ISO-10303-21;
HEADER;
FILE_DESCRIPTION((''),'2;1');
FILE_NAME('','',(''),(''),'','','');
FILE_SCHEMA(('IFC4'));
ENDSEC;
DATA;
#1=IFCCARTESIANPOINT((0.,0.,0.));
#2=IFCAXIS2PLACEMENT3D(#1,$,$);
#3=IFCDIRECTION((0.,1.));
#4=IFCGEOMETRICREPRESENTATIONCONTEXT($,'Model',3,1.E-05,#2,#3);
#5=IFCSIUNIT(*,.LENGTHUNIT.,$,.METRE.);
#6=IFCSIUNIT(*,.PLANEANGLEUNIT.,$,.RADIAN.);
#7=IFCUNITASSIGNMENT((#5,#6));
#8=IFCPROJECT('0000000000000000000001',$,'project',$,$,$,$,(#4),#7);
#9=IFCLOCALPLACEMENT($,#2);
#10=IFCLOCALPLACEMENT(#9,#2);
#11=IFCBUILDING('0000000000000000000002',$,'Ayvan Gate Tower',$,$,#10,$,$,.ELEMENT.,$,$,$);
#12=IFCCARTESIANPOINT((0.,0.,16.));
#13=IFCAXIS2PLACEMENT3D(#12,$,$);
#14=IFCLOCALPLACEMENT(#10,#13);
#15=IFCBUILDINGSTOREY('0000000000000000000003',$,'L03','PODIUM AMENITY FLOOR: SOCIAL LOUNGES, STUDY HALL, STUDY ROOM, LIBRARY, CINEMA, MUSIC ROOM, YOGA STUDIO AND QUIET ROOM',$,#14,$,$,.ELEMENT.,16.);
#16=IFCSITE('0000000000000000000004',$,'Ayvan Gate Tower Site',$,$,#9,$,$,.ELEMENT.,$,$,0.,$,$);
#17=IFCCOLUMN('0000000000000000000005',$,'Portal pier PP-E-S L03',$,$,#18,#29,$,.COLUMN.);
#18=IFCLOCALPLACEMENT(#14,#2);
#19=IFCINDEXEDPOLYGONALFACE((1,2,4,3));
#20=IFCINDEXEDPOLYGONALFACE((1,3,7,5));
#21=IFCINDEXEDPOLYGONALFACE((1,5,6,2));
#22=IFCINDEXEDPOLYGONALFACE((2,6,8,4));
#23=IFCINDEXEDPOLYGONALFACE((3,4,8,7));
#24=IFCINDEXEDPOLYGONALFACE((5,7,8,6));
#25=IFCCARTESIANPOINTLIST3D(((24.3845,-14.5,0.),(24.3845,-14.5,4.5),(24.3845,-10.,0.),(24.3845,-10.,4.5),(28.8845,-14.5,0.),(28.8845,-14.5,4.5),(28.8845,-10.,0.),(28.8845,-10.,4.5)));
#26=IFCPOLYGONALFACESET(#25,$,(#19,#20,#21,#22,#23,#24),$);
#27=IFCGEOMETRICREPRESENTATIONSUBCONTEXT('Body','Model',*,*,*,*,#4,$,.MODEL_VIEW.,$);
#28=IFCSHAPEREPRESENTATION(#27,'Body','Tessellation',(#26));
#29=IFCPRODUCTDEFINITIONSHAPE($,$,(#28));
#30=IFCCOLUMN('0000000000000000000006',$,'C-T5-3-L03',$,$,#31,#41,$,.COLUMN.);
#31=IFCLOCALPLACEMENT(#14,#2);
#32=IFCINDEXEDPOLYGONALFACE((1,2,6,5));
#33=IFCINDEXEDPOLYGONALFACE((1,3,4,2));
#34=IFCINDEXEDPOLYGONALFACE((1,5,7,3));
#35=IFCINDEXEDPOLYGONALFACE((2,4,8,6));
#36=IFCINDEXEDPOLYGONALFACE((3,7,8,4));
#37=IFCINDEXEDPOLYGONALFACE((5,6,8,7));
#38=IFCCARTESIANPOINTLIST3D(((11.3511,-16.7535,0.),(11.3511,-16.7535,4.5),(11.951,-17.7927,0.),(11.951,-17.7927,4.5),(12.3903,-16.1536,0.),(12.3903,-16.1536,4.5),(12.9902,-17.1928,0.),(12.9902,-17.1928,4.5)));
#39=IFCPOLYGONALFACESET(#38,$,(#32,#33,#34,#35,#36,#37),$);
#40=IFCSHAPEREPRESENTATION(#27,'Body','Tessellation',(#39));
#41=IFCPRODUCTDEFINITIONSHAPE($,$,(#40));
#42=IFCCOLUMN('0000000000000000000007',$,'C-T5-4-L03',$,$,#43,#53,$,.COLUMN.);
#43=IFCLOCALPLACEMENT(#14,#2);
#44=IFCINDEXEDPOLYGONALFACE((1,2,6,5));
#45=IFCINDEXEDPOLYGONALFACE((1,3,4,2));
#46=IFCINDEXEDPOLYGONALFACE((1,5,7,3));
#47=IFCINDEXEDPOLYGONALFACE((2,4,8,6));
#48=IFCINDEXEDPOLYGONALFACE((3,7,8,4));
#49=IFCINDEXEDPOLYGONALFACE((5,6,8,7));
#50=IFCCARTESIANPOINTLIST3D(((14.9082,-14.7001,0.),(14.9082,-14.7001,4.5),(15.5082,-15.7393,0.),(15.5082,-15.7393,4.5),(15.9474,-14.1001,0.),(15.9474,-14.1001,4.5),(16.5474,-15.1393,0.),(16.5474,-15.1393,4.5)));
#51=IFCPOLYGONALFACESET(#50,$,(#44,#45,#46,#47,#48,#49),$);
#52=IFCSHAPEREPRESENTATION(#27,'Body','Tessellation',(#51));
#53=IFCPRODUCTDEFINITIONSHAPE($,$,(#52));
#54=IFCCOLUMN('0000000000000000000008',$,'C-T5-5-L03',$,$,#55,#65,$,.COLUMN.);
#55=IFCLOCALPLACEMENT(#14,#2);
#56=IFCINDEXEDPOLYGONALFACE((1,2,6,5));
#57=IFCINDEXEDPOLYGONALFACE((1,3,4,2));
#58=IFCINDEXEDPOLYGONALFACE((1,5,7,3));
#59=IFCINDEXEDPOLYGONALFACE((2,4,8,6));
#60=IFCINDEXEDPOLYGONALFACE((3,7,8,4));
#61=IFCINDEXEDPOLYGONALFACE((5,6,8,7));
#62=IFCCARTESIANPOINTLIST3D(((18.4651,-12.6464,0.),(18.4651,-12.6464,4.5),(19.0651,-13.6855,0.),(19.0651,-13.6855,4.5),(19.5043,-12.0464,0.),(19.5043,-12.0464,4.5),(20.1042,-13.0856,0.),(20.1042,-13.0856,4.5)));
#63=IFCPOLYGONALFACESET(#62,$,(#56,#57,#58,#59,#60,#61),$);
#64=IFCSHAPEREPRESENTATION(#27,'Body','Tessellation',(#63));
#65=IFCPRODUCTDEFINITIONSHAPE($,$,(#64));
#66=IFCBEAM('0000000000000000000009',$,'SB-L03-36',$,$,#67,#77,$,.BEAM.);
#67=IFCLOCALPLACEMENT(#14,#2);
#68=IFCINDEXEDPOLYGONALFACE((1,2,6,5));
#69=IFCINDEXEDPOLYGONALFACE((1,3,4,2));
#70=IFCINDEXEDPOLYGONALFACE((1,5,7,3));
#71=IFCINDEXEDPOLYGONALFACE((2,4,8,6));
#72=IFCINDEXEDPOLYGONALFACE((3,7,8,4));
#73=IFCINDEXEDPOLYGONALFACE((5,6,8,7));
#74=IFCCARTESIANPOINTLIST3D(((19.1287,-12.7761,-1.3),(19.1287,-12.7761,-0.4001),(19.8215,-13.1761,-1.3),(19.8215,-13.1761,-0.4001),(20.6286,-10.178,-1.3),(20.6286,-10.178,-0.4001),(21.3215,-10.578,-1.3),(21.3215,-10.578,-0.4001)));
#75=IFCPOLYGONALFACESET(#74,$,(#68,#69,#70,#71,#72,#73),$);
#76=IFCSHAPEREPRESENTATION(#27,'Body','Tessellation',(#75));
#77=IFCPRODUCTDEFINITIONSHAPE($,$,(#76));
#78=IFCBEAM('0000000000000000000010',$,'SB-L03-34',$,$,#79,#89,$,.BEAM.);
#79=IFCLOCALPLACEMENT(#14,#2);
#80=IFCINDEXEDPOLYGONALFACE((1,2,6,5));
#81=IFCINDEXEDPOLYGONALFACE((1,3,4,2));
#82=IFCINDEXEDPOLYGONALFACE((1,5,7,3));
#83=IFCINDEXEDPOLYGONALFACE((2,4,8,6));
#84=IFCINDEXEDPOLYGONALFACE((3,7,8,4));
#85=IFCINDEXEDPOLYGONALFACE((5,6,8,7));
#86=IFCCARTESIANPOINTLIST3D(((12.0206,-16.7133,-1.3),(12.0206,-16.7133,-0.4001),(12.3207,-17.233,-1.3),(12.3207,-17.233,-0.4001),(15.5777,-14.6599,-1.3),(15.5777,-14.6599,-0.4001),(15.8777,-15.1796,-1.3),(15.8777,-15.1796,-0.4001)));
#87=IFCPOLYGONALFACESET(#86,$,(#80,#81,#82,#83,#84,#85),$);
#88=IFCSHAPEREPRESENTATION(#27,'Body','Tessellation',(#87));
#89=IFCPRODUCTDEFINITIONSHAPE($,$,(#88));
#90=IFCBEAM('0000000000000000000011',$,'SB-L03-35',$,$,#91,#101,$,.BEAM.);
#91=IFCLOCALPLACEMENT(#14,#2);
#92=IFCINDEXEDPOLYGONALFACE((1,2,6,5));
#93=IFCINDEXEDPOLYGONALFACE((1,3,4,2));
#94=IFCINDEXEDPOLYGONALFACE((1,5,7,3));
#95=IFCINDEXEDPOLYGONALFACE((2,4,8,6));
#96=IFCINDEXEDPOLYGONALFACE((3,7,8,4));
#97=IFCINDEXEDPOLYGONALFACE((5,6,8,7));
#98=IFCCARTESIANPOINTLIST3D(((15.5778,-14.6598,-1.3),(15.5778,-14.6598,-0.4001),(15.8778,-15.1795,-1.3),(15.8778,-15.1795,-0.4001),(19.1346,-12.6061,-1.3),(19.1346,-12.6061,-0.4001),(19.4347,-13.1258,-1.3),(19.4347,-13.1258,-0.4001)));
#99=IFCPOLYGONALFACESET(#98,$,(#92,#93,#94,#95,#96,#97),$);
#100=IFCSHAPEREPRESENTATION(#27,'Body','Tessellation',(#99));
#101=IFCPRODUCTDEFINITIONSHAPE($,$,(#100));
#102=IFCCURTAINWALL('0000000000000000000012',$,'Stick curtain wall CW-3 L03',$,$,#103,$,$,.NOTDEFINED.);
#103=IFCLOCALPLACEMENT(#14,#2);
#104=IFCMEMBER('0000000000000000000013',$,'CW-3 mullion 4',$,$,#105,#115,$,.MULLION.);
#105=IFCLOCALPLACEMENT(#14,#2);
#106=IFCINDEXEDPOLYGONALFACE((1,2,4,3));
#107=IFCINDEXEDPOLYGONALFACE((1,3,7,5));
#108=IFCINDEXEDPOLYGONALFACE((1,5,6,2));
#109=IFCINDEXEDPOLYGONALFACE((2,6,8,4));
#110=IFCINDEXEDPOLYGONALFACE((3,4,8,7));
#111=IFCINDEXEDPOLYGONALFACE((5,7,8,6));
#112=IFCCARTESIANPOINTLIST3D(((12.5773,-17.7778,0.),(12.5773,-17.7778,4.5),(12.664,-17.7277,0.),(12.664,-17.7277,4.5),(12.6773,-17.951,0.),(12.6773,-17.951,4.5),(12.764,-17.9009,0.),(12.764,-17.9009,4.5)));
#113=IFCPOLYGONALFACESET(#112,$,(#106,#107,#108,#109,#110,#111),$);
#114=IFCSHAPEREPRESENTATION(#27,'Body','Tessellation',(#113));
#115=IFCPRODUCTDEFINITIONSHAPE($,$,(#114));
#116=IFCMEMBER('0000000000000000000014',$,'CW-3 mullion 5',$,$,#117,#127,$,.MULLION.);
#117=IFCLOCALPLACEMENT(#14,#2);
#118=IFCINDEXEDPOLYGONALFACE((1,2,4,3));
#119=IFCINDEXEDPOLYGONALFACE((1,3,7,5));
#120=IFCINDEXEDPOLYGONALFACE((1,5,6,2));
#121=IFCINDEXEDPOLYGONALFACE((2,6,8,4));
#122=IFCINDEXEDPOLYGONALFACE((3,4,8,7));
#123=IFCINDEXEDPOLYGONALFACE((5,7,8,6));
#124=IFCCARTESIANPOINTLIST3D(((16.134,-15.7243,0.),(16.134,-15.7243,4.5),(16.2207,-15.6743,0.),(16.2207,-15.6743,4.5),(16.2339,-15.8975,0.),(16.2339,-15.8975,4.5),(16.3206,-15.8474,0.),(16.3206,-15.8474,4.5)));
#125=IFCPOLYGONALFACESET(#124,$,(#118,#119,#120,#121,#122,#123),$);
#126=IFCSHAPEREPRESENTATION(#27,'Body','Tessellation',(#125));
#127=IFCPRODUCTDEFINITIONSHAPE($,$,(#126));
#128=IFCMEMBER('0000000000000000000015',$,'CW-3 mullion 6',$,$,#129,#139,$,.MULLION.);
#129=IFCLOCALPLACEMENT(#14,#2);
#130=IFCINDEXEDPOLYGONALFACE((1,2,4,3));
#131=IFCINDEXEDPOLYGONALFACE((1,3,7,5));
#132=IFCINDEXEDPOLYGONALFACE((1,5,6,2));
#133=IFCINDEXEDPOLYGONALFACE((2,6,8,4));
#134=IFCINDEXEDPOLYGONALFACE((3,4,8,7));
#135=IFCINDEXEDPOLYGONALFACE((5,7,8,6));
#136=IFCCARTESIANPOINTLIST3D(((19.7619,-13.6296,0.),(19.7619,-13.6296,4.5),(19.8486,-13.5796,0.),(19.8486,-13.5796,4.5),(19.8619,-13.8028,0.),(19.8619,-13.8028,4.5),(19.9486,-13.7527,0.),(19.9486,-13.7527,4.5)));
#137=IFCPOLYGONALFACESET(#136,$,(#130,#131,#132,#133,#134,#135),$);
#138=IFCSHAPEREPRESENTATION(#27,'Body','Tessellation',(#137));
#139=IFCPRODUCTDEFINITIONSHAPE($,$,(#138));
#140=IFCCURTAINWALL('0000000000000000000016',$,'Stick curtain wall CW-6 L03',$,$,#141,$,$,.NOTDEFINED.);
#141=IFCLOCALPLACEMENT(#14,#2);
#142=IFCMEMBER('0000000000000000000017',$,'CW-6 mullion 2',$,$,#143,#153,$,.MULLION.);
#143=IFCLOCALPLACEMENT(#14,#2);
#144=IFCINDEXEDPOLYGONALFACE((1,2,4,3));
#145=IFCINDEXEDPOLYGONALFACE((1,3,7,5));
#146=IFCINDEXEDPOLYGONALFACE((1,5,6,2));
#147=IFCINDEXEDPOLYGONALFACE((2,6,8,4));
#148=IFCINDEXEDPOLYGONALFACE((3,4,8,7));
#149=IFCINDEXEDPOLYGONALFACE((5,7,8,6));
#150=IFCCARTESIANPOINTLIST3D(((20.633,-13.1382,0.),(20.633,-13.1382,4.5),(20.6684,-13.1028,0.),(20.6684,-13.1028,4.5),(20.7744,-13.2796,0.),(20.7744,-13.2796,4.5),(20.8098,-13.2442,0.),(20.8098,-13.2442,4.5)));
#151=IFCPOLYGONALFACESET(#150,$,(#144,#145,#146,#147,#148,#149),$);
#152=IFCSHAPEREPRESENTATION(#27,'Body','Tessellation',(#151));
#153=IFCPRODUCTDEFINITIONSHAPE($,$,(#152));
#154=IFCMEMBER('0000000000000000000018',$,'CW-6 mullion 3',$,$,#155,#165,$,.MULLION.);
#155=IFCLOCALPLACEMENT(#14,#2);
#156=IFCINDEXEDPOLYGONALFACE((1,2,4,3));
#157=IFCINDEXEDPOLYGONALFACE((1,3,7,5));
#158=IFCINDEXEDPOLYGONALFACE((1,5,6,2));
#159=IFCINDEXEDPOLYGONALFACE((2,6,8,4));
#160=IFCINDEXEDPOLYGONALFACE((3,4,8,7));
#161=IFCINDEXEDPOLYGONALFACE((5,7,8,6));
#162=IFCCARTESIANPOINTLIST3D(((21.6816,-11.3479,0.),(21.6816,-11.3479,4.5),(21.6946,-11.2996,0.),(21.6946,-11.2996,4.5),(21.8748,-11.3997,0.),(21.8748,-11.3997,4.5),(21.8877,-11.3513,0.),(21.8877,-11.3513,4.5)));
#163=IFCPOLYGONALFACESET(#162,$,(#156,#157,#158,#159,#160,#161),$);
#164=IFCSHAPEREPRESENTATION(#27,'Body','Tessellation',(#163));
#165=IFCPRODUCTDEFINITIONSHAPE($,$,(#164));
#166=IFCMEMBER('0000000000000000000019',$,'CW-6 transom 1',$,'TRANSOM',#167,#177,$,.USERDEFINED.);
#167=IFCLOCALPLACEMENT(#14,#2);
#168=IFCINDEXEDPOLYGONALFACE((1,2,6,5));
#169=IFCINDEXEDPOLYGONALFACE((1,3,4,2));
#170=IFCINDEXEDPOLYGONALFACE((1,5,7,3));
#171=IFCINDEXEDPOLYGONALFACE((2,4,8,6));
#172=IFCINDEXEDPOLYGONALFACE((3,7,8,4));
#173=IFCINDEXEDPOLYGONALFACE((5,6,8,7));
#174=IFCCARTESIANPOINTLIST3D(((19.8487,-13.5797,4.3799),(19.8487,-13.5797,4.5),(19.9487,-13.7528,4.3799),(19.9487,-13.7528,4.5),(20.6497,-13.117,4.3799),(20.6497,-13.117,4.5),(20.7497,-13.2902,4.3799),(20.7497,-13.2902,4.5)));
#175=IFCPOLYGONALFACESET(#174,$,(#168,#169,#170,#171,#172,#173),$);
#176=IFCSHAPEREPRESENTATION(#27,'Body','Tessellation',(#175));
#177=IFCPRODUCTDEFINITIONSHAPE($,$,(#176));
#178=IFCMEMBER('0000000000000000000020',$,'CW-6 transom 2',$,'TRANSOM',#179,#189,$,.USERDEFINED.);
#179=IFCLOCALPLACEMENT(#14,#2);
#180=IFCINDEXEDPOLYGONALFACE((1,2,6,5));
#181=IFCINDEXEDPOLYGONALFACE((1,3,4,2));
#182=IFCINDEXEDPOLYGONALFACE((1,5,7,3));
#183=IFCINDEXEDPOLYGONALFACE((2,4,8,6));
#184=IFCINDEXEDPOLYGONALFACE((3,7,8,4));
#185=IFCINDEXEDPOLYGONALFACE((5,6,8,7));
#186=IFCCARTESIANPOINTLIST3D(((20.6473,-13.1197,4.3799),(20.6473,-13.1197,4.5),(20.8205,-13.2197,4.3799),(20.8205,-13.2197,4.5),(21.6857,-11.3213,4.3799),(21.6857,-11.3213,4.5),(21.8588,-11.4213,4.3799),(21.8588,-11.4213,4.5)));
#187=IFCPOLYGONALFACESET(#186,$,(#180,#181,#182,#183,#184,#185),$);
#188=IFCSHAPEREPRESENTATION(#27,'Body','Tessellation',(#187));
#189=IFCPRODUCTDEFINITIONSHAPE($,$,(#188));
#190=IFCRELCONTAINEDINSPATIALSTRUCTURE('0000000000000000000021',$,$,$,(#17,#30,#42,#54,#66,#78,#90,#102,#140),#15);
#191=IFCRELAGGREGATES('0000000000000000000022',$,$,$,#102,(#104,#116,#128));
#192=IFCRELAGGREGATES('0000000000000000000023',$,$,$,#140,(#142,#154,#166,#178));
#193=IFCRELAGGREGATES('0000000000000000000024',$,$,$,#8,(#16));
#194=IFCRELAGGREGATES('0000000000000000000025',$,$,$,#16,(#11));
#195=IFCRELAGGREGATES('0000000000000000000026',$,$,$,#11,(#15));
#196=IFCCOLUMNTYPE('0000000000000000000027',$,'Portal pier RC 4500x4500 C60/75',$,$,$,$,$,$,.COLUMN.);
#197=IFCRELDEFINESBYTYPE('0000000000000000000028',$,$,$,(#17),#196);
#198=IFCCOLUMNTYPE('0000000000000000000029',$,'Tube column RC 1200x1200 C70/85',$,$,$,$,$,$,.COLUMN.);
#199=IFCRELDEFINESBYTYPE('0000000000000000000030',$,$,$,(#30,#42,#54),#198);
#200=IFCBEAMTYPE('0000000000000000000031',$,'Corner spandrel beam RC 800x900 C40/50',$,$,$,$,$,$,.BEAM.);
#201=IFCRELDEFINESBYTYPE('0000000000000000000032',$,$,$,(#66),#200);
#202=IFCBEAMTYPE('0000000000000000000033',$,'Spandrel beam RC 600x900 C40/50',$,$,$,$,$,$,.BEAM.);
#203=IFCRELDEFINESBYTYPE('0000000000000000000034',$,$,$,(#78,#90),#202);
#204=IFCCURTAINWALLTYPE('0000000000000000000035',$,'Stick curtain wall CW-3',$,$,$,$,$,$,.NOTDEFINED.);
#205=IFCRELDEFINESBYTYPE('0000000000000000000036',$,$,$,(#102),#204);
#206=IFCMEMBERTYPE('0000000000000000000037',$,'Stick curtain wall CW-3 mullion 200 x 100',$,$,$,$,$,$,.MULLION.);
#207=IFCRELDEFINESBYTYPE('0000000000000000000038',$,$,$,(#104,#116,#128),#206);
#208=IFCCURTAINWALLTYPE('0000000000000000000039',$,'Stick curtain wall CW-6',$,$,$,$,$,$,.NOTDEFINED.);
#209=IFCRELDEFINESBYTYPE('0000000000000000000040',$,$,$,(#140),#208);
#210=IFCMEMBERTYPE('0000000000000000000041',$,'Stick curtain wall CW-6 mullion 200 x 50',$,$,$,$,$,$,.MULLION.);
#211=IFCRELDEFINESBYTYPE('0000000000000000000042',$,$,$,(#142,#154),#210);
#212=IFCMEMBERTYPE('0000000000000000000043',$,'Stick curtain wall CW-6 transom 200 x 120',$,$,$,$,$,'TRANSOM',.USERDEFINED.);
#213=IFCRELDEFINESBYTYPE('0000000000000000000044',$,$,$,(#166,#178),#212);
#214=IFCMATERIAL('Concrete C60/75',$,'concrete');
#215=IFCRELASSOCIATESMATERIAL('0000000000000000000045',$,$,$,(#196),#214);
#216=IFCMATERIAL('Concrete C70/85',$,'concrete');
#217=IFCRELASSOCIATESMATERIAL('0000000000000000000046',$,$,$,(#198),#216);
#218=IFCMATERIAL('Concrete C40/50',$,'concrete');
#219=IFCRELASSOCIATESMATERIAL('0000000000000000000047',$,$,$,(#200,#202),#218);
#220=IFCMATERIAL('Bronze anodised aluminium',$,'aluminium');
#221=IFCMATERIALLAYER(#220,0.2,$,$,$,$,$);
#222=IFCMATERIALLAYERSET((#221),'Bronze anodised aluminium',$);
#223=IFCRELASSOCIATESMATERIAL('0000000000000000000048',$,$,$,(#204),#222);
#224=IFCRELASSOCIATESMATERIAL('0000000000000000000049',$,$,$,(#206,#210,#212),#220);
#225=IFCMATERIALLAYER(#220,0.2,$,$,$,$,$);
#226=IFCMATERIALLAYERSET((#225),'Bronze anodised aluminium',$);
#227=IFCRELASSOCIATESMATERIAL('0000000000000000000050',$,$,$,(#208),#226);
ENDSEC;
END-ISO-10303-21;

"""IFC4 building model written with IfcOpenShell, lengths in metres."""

from ifc_helpers import new_model, si_unit, direction, frame, origin, origin_2d, place, context, subcontext, project, spatial, rectangle, extrude, material, layer, layer_set, material_profile, profile_set, type_object, element, aggregate, save


model = new_model("IFC4")

# Units and contexts
model_context = context("Model", 3, precision=1e-05, world=origin(), true_north=direction((0.0, 1.0)))
body_context = subcontext(model_context, "Body", "Model", "MODEL_VIEW")
ifc_project = project(units=[si_unit("LENGTHUNIT", "METRE"), si_unit("PLANEANGLEUNIT", "RADIAN")], contexts=[model_context])

# Site, building, storey
site_placement = place(None, origin())
site = spatial("IfcSite", under=ifc_project, at=site_placement, Name="Ayvan Gate Tower Site", CompositionType="ELEMENT", RefElevation=0.0)
building_placement = place(site_placement, origin())
building = spatial("IfcBuilding", under=site, at=building_placement, Name="Ayvan Gate Tower", CompositionType="ELEMENT")
storey_placement = place(building_placement, frame((0.0, 0.0, 16.0)))
storey = spatial("IfcBuildingStorey", under=building, at=storey_placement, Name="L03", Description="PODIUM AMENITY FLOOR: SOCIAL LOUNGES, STUDY HALL, STUDY ROOM, LIBRARY, CINEMA, MUSIC ROOM, YOGA STUDIO AND QUIET ROOM", CompositionType="ELEMENT", Elevation=16.0)

# Columns
ifc_material_1 = material(Name="Concrete C60/75", Category="concrete")
ifc_material_profile_1 = material_profile(ifc_material_1, rectangle(XDim=4.5, YDim=4.5, at=origin_2d()), Name="RC 4500x4500")
ifc_profile_set_1 = profile_set([ifc_material_profile_1], Name="Concrete C60/75")
column_type_1 = type_object("IfcColumnType", Name="Portal pier RC 4500x4500 C60/75", PredefinedType="COLUMN", material=ifc_profile_set_1)
column_placement = place(storey_placement, frame((26.6345, -12.25, 0.0), z_axis=(0.0, 0.0, 1.0), x_axis=(1.0, 0.0, 0.0)))
element("IfcColumn", 1, at=column_placement, inside=storey, type_object=column_type_1, Name="Portal pier PP-E-S L03", PredefinedType="COLUMN", context=body_context, shape_type="SweptSolid", body=[
    extrude(rectangle(XDim=4.5, YDim=4.5, at=origin_2d()), origin(), (0.0, 0.0, 1.0), 4.5),
])
ifc_material_2 = material(Name="Concrete C70/85", Category="concrete")
ifc_material_profile_2 = material_profile(ifc_material_2, rectangle(XDim=1.2, YDim=1.2, at=origin_2d()), Name="RC 1200x1200")
ifc_profile_set_2 = profile_set([ifc_material_profile_2], Name="Concrete C70/85")
column_type_2 = type_object("IfcColumnType", Name="Tube column RC 1200x1200 C70/85", PredefinedType="COLUMN", material=ifc_profile_set_2)
for number, where, z_axis, x_axis, name in (
    (2, (12.1707, -16.9731, 0.0), (0.0, 0.0, 1.0), (0.5, -0.866025, 0.0), "C-T5-3-L03"),
    (3, (15.7278, -14.9197, 0.0), (0.0, 0.0, 1.0), (0.5, -0.866025, 0.0), "C-T5-4-L03"),
    (4, (19.2847, -12.866, 0.0), (0.0, 0.0, 1.0), (0.5, -0.866025, 0.0), "C-T5-5-L03"),
):
    element("IfcColumn", number, at=place(storey_placement, frame(where, z_axis=z_axis, x_axis=x_axis)), inside=storey, type_object=column_type_2, Name=name, PredefinedType="COLUMN", context=body_context, shape_type="SweptSolid", body=[
        extrude(rectangle(XDim=1.2, YDim=1.2, at=origin_2d()), origin(), (0.0, 0.0, 1.0), 4.5),
    ])

# Beams
ifc_material_3 = material(Name="Concrete C40/50", Category="concrete")
ifc_material_profile_3 = material_profile(ifc_material_3, rectangle(XDim=0.8, YDim=0.8999, at=origin_2d()), Name="RC 800x900")
ifc_profile_set_3 = profile_set([ifc_material_profile_3], Name="Concrete C40/50")
beam_type_1 = type_object("IfcBeamType", Name="Corner spandrel beam RC 800x900 C40/50", PredefinedType="BEAM", material=ifc_profile_set_3)
beam_placement = place(storey_placement, frame((19.4751, -12.9761, -0.8501), z_axis=(0.49999, 0.866031, 0.0), x_axis=(-0.866031, 0.49999, 0.0)))
element("IfcBeam", 5, at=beam_placement, inside=storey, type_object=beam_type_1, Name="SB-L03-36", PredefinedType="BEAM", context=body_context, shape_type="SweptSolid", body=[
    extrude(rectangle(XDim=0.8, YDim=0.8999, at=origin_2d()), origin(), (0.0, 0.0, 1.0), 3.0),
])
ifc_material_profile_4 = material_profile(ifc_material_3, rectangle(XDim=0.6001, YDim=0.8999, at=origin_2d()), Name="RC 600x900")
ifc_profile_set_4 = profile_set([ifc_material_profile_4], Name="Concrete C40/50")
beam_type_2 = type_object("IfcBeamType", Name="Spandrel beam RC 600x900 C40/50", PredefinedType="BEAM", material=ifc_profile_set_4)
for number, where, z_axis, x_axis, name in (
    (6, (12.1707, -16.9731, -0.8501), (0.866051, 0.499956, 0.0), (-0.499956, 0.866051, 0.0), "SB-L03-34"),
    (7, (15.7278, -14.9197, -0.8501), (0.86601, 0.500026, 0.0), (-0.500026, 0.86601, 0.0), "SB-L03-35"),
):
    element("IfcBeam", number, at=place(storey_placement, frame(where, z_axis=z_axis, x_axis=x_axis)), inside=storey, type_object=beam_type_2, Name=name, PredefinedType="BEAM", context=body_context, shape_type="SweptSolid", body=[
        extrude(rectangle(XDim=0.6001, YDim=0.8999, at=origin_2d()), origin(), (0.0, 0.0, 1.0), 4.1072),
    ])

# Curtain walls, members
ifc_material_4 = material(Name="Bronze anodised aluminium", Category="aluminium")
ifc_layer_1 = layer(ifc_material_4, 0.2)
ifc_layer_set_1 = layer_set([ifc_layer_1], Name="Bronze anodised aluminium")
curtain_wall_type_1 = type_object("IfcCurtainWallType", Name="Stick curtain wall CW-3", PredefinedType="NOTDEFINED", material=ifc_layer_set_1)
curtain_wall_1_placement = place(storey_placement, origin())
curtain_wall_1 = element("IfcCurtainWall", 8, at=curtain_wall_1_placement, inside=storey, type_object=curtain_wall_type_1, Name="Stick curtain wall CW-3 L03", PredefinedType="NOTDEFINED")
ifc_material_profile_5 = material_profile(ifc_material_4, rectangle(XDim=0.2, YDim=0.1001, at=origin_2d()), Name="Stick curtain wall CW-3 mullion 200 x 100")
ifc_profile_set_5 = profile_set([ifc_material_profile_5], Name="Bronze anodised aluminium")
member_type_1 = type_object("IfcMemberType", Name="Stick curtain wall CW-3 mullion 200 x 100", PredefinedType="MULLION", material=ifc_profile_set_5)
member_1_placement = place(storey_placement, frame((12.6707, -17.8394, 0.0), z_axis=(0.0, 0.0, 1.0), x_axis=(0.5, -0.866025, 0.0)))
member_1 = element("IfcMember", 9, at=member_1_placement, type_object=member_type_1, Name="CW-3 mullion 4", PredefinedType="MULLION", context=body_context, shape_type="SweptSolid", body=[
    extrude(rectangle(XDim=0.2, YDim=0.1001, at=origin_2d()), origin(), (0.0, 0.0, 1.0), 4.5),
])
member_2_placement = place(storey_placement, frame((16.2273, -15.7859, 0.0), z_axis=(0.0, 0.0, 1.0), x_axis=(0.5, -0.866025, 0.0)))
member_2 = element("IfcMember", 10, at=member_2_placement, type_object=member_type_1, Name="CW-3 mullion 5", PredefinedType="MULLION", context=body_context, shape_type="SweptSolid", body=[
    extrude(rectangle(XDim=0.2, YDim=0.1001, at=origin_2d()), origin(), (0.0, 0.0, 1.0), 4.5),
])
member_3_placement = place(storey_placement, frame((19.8552, -13.6912, 0.0), z_axis=(0.0, 0.0, 1.0), x_axis=(0.5, -0.866025, 0.0)))
member_3 = element("IfcMember", 11, at=member_3_placement, type_object=member_type_1, Name="CW-3 mullion 6", PredefinedType="MULLION", context=body_context, shape_type="SweptSolid", body=[
    extrude(rectangle(XDim=0.2, YDim=0.1001, at=origin_2d()), origin(), (0.0, 0.0, 1.0), 4.5),
])
ifc_layer_2 = layer(ifc_material_4, 0.2)
ifc_layer_set_2 = layer_set([ifc_layer_2], Name="Bronze anodised aluminium")
curtain_wall_type_2 = type_object("IfcCurtainWallType", Name="Stick curtain wall CW-6", PredefinedType="NOTDEFINED", material=ifc_layer_set_2)
curtain_wall_2_placement = place(storey_placement, origin())
curtain_wall_2 = element("IfcCurtainWall", 12, at=curtain_wall_2_placement, inside=storey, type_object=curtain_wall_type_2, Name="Stick curtain wall CW-6 L03", PredefinedType="NOTDEFINED")
ifc_material_profile_6 = material_profile(ifc_material_4, rectangle(XDim=0.2, YDim=0.05, at=origin_2d()), Name="Stick curtain wall CW-6 mullion 200 x 50")
ifc_profile_set_6 = profile_set([ifc_material_profile_6], Name="Bronze anodised aluminium")
member_type_2 = type_object("IfcMemberType", Name="Stick curtain wall CW-6 mullion 200 x 50", PredefinedType="MULLION", material=ifc_profile_set_6)
member_4_placement = place(storey_placement, frame((20.7214, -13.1912, 0.0), z_axis=(0.0, 0.0, 1.0), x_axis=(0.707107, -0.707107, 0.0)))
member_4 = element("IfcMember", 13, at=member_4_placement, type_object=member_type_2, Name="CW-6 mullion 2", PredefinedType="MULLION", context=body_context, shape_type="SweptSolid", body=[
    extrude(rectangle(XDim=0.2, YDim=0.05, at=origin_2d()), origin(), (0.0, 0.0, 1.0), 4.5),
])
member_5_placement = place(storey_placement, frame((21.7847, -11.3496, 0.0), z_axis=(0.0, 0.0, 1.0), x_axis=(0.965926, -0.258819, 0.0)))
member_5 = element("IfcMember", 14, at=member_5_placement, type_object=member_type_2, Name="CW-6 mullion 3", PredefinedType="MULLION", context=body_context, shape_type="SweptSolid", body=[
    extrude(rectangle(XDim=0.2, YDim=0.05, at=origin_2d()), origin(), (0.0, 0.0, 1.0), 4.5),
])
ifc_material_profile_7 = material_profile(ifc_material_4, rectangle(XDim=0.2, YDim=0.1201, at=origin_2d()), Name="Stick curtain wall CW-6 transom 200 x 120")
ifc_profile_set_7 = profile_set([ifc_material_profile_7], Name="Bronze anodised aluminium")
member_type_3 = type_object("IfcMemberType", Name="Stick curtain wall CW-6 transom 200 x 120", ElementType="TRANSOM", PredefinedType="USERDEFINED", material=ifc_profile_set_7)
member_6_placement = place(storey_placement, frame((19.8987, -13.6663, 4.4399), z_axis=(0.865944, 0.500141, 0.0), x_axis=(-0.500141, 0.865944, 0.0)))
member_6 = element("IfcMember", 15, at=member_6_placement, type_object=member_type_3, Name="CW-6 transom 1", ObjectType="TRANSOM", PredefinedType="USERDEFINED", context=body_context, shape_type="SweptSolid", body=[
    extrude(rectangle(XDim=0.2, YDim=0.1201, at=origin_2d()), origin(), (0.0, 0.0, 1.0), 0.925),
])
member_7_placement = place(storey_placement, frame((20.7339, -13.1697, 4.4399), z_axis=(0.500021, 0.866013, 0.0), x_axis=(-0.866013, 0.500021, 0.0)))
member_7 = element("IfcMember", 16, at=member_7_placement, type_object=member_type_3, Name="CW-6 transom 2", ObjectType="TRANSOM", PredefinedType="USERDEFINED", context=body_context, shape_type="SweptSolid", body=[
    extrude(rectangle(XDim=0.2, YDim=0.1201, at=origin_2d()), origin(), (0.0, 0.0, 1.0), 2.0767),
])

aggregate(curtain_wall_1, [member_1, member_2, member_3])
aggregate(curtain_wall_2, [member_4, member_5, member_6, member_7])

save(model, "model.ifc")
